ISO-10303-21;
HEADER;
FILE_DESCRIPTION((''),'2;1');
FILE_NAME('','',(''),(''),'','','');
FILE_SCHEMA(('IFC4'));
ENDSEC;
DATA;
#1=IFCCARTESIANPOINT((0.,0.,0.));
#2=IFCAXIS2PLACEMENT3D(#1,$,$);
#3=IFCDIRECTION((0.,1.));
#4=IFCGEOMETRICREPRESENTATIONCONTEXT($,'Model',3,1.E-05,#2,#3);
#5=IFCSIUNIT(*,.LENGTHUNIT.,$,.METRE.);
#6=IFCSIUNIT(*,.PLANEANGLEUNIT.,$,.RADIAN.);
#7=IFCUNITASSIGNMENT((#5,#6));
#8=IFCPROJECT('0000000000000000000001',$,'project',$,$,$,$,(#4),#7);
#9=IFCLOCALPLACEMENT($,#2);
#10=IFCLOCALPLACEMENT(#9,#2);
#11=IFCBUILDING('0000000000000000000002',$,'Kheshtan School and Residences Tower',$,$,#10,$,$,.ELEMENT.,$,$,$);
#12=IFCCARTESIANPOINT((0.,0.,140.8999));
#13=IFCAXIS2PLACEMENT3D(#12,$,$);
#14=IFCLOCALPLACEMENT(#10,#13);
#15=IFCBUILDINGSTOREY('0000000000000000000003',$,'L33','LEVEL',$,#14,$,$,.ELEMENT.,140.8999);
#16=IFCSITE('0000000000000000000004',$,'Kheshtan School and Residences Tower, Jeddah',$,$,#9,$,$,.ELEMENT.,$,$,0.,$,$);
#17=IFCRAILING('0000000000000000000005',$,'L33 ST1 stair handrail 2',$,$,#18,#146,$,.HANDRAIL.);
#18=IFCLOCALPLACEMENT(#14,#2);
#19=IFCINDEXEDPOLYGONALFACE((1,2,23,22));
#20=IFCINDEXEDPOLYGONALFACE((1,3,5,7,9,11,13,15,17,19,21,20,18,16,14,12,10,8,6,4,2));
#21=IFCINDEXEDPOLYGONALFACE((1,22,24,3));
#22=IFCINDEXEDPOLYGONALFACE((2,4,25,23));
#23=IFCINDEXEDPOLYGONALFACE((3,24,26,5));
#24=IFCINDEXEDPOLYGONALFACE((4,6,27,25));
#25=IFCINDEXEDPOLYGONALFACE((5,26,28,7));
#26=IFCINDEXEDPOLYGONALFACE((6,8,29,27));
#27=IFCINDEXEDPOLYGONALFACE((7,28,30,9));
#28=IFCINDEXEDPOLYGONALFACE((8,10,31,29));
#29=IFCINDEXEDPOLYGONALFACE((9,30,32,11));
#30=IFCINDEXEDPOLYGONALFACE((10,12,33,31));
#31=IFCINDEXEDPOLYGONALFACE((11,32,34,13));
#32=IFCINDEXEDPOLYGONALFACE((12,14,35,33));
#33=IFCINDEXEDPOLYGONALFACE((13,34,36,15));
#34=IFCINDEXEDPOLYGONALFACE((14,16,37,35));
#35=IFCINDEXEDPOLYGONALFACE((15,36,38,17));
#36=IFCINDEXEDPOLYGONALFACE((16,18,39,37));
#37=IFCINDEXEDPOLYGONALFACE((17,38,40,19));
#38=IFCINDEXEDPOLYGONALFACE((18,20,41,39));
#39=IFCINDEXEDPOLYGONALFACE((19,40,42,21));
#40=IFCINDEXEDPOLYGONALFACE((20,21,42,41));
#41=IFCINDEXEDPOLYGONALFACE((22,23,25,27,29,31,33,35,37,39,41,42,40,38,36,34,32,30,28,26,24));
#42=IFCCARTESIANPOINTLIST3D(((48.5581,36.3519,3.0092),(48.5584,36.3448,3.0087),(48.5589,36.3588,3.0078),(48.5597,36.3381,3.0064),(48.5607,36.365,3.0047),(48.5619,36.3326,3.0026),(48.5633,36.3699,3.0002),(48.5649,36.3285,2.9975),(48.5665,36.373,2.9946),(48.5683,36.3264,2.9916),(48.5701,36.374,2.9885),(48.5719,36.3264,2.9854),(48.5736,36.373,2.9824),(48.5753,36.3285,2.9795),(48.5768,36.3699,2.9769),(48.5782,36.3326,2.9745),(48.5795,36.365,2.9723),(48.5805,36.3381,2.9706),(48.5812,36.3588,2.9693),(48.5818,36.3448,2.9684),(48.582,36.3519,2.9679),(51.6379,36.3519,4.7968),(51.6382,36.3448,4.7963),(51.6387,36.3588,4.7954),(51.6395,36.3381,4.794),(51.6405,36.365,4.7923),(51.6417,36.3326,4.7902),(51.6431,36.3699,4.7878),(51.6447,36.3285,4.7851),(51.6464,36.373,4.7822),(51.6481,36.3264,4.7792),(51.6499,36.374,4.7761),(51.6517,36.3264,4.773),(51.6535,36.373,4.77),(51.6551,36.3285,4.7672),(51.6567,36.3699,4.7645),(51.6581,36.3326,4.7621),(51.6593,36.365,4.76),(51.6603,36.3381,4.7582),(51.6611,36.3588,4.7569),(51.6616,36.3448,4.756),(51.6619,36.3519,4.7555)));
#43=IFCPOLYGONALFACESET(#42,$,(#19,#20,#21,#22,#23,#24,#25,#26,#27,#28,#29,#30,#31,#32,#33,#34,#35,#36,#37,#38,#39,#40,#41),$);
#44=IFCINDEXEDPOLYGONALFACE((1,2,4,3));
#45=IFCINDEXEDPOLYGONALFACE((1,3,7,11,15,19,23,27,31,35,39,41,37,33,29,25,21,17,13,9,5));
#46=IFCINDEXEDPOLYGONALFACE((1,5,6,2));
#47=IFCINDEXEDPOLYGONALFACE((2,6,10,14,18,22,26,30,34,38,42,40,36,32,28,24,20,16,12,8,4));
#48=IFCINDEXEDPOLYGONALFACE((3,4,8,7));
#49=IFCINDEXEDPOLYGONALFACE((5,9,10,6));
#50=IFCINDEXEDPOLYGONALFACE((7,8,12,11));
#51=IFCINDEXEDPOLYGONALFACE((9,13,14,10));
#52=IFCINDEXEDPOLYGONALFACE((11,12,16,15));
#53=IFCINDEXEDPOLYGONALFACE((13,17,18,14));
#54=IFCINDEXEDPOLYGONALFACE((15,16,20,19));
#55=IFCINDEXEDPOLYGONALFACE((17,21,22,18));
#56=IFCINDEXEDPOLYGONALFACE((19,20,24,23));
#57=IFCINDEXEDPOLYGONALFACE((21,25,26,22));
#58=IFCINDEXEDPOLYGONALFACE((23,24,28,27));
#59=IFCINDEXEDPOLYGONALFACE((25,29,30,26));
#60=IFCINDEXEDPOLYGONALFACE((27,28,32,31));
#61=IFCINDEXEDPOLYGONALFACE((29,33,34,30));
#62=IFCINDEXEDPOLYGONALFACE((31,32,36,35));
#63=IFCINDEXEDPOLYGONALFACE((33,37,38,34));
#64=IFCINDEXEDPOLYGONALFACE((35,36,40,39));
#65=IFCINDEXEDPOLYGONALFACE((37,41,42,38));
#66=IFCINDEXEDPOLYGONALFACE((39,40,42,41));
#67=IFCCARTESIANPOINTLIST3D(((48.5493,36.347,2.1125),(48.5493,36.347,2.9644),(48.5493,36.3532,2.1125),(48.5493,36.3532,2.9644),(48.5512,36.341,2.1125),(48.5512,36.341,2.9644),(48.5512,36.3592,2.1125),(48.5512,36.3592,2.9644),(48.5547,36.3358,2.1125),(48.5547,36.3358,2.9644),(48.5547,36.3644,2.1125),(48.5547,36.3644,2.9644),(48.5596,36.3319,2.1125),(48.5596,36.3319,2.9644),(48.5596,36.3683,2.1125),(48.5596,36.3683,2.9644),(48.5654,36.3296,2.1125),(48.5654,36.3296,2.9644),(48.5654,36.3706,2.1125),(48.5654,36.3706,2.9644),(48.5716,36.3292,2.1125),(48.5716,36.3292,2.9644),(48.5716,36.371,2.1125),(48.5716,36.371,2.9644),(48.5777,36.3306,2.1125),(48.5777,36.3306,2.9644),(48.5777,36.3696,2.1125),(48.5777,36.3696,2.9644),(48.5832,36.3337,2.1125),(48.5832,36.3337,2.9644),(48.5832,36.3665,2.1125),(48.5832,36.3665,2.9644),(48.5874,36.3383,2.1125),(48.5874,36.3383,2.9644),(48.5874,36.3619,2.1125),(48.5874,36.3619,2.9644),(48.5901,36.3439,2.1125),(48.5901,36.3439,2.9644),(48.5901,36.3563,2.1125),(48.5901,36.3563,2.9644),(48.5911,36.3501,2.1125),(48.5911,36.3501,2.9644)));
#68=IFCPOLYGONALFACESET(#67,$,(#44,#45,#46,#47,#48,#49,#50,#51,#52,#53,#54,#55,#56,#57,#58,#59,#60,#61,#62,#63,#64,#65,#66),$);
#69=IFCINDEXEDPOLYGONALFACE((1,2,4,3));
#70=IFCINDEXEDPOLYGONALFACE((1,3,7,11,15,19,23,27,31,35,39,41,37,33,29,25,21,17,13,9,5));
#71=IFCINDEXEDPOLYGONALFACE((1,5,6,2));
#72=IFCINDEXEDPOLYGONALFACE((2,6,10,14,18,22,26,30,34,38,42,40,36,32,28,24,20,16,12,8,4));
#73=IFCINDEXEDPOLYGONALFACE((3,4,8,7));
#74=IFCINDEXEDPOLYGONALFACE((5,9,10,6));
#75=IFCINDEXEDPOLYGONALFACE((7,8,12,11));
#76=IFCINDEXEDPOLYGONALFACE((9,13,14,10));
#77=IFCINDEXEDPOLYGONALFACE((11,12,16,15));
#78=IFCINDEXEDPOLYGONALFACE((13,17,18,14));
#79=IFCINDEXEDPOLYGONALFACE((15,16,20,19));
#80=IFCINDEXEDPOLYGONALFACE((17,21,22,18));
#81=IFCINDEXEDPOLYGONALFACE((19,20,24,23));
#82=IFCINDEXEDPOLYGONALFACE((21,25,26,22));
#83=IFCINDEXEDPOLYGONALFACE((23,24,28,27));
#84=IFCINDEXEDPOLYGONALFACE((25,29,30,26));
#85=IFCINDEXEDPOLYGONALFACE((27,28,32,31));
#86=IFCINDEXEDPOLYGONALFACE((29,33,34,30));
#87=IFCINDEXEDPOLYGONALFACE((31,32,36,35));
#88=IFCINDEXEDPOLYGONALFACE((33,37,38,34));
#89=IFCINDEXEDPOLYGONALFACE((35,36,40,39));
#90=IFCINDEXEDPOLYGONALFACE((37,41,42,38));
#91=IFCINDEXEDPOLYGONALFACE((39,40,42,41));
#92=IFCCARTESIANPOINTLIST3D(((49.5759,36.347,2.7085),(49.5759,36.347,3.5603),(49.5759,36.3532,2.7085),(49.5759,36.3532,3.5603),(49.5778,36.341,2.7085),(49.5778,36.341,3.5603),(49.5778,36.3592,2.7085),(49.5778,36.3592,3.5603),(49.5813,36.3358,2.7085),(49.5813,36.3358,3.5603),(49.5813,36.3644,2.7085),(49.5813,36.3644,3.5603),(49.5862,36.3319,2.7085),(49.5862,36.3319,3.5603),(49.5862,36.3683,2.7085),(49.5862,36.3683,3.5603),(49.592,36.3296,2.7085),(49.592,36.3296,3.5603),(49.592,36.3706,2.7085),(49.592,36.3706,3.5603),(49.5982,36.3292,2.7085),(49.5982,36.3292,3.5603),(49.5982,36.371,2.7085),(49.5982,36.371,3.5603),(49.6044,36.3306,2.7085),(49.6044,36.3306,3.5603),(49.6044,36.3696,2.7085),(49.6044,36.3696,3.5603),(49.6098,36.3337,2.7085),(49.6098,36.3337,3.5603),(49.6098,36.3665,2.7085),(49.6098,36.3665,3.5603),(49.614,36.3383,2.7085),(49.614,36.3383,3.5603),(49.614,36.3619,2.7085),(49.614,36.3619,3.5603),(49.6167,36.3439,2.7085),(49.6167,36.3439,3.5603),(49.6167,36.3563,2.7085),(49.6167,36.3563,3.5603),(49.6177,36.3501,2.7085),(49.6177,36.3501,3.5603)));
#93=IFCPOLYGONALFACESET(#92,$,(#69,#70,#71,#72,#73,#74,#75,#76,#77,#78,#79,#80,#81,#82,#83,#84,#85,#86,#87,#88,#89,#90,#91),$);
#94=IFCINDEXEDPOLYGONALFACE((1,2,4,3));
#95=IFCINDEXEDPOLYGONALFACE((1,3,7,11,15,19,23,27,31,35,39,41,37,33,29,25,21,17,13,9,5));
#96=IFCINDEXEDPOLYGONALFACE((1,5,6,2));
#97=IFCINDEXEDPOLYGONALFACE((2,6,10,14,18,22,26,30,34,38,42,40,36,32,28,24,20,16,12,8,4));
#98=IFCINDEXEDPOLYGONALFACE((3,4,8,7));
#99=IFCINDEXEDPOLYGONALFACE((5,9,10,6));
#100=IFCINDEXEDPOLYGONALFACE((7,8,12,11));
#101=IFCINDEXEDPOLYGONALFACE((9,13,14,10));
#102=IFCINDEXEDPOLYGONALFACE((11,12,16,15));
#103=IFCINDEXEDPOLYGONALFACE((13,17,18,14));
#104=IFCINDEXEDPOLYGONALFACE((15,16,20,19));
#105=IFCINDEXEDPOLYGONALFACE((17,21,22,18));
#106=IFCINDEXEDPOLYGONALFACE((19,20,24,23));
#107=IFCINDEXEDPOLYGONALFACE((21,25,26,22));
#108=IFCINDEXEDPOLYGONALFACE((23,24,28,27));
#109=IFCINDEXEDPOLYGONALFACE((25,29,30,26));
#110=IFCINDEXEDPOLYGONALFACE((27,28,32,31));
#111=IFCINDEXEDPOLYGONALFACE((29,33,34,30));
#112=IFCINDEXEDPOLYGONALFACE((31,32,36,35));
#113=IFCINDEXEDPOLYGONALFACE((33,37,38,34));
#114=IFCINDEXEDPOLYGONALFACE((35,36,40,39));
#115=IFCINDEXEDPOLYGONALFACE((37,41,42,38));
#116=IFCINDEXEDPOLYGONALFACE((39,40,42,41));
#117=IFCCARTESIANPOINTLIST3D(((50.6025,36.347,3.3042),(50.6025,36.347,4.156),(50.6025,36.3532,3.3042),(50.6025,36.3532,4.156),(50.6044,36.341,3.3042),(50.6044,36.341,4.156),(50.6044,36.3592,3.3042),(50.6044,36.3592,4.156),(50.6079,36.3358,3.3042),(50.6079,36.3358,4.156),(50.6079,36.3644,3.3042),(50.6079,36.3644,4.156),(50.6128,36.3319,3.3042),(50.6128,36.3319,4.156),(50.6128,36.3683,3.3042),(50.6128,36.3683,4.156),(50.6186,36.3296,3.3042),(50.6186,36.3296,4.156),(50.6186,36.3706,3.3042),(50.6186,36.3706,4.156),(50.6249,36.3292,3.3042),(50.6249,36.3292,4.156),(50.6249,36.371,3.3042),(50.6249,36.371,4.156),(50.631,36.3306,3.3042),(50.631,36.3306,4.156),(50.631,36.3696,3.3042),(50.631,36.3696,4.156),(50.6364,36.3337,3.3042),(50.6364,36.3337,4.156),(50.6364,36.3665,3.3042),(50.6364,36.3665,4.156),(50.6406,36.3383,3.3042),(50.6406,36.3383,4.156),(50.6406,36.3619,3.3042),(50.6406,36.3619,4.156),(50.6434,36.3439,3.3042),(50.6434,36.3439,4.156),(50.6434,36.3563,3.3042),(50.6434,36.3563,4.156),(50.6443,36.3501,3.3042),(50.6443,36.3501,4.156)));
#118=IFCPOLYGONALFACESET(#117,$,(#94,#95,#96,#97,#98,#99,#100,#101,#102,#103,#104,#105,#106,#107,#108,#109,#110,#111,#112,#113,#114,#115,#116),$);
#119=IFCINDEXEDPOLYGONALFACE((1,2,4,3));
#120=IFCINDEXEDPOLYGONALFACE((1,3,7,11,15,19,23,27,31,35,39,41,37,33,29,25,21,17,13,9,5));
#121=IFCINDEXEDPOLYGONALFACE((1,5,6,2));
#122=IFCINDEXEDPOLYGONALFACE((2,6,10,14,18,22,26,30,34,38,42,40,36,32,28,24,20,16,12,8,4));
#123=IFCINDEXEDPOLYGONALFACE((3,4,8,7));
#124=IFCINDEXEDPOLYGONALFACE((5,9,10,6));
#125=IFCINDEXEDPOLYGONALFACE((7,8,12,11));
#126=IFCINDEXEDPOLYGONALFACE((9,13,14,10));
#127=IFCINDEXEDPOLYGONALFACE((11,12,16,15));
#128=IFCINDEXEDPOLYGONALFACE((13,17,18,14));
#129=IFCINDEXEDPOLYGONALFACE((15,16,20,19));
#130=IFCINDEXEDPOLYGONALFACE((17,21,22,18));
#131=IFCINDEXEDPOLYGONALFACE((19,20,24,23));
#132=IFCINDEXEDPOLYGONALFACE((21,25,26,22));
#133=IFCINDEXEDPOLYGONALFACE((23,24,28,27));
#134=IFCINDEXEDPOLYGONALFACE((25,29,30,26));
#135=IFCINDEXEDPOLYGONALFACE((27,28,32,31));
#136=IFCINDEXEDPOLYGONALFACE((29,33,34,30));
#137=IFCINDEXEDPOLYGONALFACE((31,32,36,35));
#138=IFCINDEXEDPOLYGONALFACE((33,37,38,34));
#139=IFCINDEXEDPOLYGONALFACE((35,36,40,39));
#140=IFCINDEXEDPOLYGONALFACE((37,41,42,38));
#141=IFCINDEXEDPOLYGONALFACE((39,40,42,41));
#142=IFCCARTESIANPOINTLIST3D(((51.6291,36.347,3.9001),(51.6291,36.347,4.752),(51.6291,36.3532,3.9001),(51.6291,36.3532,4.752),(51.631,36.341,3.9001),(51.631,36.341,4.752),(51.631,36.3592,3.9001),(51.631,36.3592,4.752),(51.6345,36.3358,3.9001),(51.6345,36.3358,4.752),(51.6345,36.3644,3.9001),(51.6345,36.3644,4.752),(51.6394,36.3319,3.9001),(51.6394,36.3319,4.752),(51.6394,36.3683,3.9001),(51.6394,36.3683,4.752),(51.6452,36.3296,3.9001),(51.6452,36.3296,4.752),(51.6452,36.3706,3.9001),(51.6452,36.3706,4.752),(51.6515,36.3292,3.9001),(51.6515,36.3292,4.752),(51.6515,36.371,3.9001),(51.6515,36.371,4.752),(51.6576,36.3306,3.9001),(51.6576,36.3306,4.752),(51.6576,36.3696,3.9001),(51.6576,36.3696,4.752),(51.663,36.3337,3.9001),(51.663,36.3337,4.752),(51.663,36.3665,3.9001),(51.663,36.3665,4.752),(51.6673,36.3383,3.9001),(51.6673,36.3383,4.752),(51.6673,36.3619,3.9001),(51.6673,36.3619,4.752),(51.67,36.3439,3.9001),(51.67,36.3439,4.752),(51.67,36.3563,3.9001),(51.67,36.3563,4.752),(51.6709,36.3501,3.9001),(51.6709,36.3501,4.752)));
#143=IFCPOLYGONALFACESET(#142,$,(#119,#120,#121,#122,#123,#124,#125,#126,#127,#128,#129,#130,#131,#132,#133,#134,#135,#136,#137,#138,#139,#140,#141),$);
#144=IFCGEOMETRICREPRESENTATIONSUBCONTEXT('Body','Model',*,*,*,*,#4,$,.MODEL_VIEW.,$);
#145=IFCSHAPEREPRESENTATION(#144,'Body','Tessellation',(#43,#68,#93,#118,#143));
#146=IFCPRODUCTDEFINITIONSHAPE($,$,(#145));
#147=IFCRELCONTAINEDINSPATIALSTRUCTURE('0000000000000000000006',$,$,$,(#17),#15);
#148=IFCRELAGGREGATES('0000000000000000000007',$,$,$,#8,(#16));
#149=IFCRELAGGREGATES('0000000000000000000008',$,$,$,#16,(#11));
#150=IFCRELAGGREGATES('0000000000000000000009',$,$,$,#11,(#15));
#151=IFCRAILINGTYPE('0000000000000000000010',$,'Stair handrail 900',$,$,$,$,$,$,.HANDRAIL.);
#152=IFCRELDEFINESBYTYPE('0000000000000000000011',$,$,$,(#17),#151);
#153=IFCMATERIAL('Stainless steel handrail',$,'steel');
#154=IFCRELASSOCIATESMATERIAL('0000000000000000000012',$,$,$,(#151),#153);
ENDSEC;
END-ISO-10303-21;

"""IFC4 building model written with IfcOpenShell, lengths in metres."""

from ifc_helpers import new_model, si_unit, direction, frame, origin, origin_2d, place, context, subcontext, project, spatial, circle, extrude, material, type_object, element, save


model = new_model("IFC4")

# Units and contexts
model_context = context("Model", 3, precision=1e-05, world=origin(), true_north=direction((0.0, 1.0)))
body_context = subcontext(model_context, "Body", "Model", "MODEL_VIEW")
ifc_project = project(units=[si_unit("LENGTHUNIT", "METRE"), si_unit("PLANEANGLEUNIT", "RADIAN")], contexts=[model_context])

# Site, building, storey
site_placement = place(None, origin())
site = spatial("IfcSite", under=ifc_project, at=site_placement, Name="Kheshtan School and Residences Tower, Jeddah", CompositionType="ELEMENT", RefElevation=0.0)
building_placement = place(site_placement, origin())
building = spatial("IfcBuilding", under=site, at=building_placement, Name="Kheshtan School and Residences Tower", CompositionType="ELEMENT")
storey_placement = place(building_placement, frame((0.0, 0.0, 140.8999)))
storey = spatial("IfcBuildingStorey", under=building, at=storey_placement, Name="L33", Description="LEVEL", CompositionType="ELEMENT", Elevation=140.8999)

# Railing
ifc_material_1 = material(Name="Stainless steel handrail", Category="steel")
railing_type_1 = type_object("IfcRailingType", Name="Stair handrail 900", PredefinedType="HANDRAIL", material=ifc_material_1)
railing_1_placement = place(storey_placement, frame((48.5701, 36.3501, 2.1125)))
element("IfcRailing", 1, at=railing_1_placement, inside=storey, type_object=railing_type_1, Name="L33 ST1 stair handrail 2", PredefinedType="HANDRAIL", context=body_context, shape_type="SweptSolid", body=[
    extrude(circle(Radius=0.0239, at=origin_2d()), frame((0.0, 0.0, 0.876), z_axis=(0.864873, 0.0, 0.50199), x_axis=(0.0, 1.0, 0.0)), (0.0, 0.0, 1.0), 3.561),
    extrude(circle(Radius=0.021, at=origin_2d()), origin(), (0.0, 0.0, 1.0), 0.8518),
    extrude(circle(Radius=0.021, at=origin_2d()), frame((1.0266, 0.0, 0.5959)), (0.0, 0.0, 1.0), 0.8518),
    extrude(circle(Radius=0.021, at=origin_2d()), frame((2.0532, 0.0, 1.1917)), (0.0, 0.0, 1.0), 0.8518),
    extrude(circle(Radius=0.021, at=origin_2d()), frame((3.0798, 0.0, 1.7876)), (0.0, 0.0, 1.0), 0.8518),
])

save(model, "model.ifc")
